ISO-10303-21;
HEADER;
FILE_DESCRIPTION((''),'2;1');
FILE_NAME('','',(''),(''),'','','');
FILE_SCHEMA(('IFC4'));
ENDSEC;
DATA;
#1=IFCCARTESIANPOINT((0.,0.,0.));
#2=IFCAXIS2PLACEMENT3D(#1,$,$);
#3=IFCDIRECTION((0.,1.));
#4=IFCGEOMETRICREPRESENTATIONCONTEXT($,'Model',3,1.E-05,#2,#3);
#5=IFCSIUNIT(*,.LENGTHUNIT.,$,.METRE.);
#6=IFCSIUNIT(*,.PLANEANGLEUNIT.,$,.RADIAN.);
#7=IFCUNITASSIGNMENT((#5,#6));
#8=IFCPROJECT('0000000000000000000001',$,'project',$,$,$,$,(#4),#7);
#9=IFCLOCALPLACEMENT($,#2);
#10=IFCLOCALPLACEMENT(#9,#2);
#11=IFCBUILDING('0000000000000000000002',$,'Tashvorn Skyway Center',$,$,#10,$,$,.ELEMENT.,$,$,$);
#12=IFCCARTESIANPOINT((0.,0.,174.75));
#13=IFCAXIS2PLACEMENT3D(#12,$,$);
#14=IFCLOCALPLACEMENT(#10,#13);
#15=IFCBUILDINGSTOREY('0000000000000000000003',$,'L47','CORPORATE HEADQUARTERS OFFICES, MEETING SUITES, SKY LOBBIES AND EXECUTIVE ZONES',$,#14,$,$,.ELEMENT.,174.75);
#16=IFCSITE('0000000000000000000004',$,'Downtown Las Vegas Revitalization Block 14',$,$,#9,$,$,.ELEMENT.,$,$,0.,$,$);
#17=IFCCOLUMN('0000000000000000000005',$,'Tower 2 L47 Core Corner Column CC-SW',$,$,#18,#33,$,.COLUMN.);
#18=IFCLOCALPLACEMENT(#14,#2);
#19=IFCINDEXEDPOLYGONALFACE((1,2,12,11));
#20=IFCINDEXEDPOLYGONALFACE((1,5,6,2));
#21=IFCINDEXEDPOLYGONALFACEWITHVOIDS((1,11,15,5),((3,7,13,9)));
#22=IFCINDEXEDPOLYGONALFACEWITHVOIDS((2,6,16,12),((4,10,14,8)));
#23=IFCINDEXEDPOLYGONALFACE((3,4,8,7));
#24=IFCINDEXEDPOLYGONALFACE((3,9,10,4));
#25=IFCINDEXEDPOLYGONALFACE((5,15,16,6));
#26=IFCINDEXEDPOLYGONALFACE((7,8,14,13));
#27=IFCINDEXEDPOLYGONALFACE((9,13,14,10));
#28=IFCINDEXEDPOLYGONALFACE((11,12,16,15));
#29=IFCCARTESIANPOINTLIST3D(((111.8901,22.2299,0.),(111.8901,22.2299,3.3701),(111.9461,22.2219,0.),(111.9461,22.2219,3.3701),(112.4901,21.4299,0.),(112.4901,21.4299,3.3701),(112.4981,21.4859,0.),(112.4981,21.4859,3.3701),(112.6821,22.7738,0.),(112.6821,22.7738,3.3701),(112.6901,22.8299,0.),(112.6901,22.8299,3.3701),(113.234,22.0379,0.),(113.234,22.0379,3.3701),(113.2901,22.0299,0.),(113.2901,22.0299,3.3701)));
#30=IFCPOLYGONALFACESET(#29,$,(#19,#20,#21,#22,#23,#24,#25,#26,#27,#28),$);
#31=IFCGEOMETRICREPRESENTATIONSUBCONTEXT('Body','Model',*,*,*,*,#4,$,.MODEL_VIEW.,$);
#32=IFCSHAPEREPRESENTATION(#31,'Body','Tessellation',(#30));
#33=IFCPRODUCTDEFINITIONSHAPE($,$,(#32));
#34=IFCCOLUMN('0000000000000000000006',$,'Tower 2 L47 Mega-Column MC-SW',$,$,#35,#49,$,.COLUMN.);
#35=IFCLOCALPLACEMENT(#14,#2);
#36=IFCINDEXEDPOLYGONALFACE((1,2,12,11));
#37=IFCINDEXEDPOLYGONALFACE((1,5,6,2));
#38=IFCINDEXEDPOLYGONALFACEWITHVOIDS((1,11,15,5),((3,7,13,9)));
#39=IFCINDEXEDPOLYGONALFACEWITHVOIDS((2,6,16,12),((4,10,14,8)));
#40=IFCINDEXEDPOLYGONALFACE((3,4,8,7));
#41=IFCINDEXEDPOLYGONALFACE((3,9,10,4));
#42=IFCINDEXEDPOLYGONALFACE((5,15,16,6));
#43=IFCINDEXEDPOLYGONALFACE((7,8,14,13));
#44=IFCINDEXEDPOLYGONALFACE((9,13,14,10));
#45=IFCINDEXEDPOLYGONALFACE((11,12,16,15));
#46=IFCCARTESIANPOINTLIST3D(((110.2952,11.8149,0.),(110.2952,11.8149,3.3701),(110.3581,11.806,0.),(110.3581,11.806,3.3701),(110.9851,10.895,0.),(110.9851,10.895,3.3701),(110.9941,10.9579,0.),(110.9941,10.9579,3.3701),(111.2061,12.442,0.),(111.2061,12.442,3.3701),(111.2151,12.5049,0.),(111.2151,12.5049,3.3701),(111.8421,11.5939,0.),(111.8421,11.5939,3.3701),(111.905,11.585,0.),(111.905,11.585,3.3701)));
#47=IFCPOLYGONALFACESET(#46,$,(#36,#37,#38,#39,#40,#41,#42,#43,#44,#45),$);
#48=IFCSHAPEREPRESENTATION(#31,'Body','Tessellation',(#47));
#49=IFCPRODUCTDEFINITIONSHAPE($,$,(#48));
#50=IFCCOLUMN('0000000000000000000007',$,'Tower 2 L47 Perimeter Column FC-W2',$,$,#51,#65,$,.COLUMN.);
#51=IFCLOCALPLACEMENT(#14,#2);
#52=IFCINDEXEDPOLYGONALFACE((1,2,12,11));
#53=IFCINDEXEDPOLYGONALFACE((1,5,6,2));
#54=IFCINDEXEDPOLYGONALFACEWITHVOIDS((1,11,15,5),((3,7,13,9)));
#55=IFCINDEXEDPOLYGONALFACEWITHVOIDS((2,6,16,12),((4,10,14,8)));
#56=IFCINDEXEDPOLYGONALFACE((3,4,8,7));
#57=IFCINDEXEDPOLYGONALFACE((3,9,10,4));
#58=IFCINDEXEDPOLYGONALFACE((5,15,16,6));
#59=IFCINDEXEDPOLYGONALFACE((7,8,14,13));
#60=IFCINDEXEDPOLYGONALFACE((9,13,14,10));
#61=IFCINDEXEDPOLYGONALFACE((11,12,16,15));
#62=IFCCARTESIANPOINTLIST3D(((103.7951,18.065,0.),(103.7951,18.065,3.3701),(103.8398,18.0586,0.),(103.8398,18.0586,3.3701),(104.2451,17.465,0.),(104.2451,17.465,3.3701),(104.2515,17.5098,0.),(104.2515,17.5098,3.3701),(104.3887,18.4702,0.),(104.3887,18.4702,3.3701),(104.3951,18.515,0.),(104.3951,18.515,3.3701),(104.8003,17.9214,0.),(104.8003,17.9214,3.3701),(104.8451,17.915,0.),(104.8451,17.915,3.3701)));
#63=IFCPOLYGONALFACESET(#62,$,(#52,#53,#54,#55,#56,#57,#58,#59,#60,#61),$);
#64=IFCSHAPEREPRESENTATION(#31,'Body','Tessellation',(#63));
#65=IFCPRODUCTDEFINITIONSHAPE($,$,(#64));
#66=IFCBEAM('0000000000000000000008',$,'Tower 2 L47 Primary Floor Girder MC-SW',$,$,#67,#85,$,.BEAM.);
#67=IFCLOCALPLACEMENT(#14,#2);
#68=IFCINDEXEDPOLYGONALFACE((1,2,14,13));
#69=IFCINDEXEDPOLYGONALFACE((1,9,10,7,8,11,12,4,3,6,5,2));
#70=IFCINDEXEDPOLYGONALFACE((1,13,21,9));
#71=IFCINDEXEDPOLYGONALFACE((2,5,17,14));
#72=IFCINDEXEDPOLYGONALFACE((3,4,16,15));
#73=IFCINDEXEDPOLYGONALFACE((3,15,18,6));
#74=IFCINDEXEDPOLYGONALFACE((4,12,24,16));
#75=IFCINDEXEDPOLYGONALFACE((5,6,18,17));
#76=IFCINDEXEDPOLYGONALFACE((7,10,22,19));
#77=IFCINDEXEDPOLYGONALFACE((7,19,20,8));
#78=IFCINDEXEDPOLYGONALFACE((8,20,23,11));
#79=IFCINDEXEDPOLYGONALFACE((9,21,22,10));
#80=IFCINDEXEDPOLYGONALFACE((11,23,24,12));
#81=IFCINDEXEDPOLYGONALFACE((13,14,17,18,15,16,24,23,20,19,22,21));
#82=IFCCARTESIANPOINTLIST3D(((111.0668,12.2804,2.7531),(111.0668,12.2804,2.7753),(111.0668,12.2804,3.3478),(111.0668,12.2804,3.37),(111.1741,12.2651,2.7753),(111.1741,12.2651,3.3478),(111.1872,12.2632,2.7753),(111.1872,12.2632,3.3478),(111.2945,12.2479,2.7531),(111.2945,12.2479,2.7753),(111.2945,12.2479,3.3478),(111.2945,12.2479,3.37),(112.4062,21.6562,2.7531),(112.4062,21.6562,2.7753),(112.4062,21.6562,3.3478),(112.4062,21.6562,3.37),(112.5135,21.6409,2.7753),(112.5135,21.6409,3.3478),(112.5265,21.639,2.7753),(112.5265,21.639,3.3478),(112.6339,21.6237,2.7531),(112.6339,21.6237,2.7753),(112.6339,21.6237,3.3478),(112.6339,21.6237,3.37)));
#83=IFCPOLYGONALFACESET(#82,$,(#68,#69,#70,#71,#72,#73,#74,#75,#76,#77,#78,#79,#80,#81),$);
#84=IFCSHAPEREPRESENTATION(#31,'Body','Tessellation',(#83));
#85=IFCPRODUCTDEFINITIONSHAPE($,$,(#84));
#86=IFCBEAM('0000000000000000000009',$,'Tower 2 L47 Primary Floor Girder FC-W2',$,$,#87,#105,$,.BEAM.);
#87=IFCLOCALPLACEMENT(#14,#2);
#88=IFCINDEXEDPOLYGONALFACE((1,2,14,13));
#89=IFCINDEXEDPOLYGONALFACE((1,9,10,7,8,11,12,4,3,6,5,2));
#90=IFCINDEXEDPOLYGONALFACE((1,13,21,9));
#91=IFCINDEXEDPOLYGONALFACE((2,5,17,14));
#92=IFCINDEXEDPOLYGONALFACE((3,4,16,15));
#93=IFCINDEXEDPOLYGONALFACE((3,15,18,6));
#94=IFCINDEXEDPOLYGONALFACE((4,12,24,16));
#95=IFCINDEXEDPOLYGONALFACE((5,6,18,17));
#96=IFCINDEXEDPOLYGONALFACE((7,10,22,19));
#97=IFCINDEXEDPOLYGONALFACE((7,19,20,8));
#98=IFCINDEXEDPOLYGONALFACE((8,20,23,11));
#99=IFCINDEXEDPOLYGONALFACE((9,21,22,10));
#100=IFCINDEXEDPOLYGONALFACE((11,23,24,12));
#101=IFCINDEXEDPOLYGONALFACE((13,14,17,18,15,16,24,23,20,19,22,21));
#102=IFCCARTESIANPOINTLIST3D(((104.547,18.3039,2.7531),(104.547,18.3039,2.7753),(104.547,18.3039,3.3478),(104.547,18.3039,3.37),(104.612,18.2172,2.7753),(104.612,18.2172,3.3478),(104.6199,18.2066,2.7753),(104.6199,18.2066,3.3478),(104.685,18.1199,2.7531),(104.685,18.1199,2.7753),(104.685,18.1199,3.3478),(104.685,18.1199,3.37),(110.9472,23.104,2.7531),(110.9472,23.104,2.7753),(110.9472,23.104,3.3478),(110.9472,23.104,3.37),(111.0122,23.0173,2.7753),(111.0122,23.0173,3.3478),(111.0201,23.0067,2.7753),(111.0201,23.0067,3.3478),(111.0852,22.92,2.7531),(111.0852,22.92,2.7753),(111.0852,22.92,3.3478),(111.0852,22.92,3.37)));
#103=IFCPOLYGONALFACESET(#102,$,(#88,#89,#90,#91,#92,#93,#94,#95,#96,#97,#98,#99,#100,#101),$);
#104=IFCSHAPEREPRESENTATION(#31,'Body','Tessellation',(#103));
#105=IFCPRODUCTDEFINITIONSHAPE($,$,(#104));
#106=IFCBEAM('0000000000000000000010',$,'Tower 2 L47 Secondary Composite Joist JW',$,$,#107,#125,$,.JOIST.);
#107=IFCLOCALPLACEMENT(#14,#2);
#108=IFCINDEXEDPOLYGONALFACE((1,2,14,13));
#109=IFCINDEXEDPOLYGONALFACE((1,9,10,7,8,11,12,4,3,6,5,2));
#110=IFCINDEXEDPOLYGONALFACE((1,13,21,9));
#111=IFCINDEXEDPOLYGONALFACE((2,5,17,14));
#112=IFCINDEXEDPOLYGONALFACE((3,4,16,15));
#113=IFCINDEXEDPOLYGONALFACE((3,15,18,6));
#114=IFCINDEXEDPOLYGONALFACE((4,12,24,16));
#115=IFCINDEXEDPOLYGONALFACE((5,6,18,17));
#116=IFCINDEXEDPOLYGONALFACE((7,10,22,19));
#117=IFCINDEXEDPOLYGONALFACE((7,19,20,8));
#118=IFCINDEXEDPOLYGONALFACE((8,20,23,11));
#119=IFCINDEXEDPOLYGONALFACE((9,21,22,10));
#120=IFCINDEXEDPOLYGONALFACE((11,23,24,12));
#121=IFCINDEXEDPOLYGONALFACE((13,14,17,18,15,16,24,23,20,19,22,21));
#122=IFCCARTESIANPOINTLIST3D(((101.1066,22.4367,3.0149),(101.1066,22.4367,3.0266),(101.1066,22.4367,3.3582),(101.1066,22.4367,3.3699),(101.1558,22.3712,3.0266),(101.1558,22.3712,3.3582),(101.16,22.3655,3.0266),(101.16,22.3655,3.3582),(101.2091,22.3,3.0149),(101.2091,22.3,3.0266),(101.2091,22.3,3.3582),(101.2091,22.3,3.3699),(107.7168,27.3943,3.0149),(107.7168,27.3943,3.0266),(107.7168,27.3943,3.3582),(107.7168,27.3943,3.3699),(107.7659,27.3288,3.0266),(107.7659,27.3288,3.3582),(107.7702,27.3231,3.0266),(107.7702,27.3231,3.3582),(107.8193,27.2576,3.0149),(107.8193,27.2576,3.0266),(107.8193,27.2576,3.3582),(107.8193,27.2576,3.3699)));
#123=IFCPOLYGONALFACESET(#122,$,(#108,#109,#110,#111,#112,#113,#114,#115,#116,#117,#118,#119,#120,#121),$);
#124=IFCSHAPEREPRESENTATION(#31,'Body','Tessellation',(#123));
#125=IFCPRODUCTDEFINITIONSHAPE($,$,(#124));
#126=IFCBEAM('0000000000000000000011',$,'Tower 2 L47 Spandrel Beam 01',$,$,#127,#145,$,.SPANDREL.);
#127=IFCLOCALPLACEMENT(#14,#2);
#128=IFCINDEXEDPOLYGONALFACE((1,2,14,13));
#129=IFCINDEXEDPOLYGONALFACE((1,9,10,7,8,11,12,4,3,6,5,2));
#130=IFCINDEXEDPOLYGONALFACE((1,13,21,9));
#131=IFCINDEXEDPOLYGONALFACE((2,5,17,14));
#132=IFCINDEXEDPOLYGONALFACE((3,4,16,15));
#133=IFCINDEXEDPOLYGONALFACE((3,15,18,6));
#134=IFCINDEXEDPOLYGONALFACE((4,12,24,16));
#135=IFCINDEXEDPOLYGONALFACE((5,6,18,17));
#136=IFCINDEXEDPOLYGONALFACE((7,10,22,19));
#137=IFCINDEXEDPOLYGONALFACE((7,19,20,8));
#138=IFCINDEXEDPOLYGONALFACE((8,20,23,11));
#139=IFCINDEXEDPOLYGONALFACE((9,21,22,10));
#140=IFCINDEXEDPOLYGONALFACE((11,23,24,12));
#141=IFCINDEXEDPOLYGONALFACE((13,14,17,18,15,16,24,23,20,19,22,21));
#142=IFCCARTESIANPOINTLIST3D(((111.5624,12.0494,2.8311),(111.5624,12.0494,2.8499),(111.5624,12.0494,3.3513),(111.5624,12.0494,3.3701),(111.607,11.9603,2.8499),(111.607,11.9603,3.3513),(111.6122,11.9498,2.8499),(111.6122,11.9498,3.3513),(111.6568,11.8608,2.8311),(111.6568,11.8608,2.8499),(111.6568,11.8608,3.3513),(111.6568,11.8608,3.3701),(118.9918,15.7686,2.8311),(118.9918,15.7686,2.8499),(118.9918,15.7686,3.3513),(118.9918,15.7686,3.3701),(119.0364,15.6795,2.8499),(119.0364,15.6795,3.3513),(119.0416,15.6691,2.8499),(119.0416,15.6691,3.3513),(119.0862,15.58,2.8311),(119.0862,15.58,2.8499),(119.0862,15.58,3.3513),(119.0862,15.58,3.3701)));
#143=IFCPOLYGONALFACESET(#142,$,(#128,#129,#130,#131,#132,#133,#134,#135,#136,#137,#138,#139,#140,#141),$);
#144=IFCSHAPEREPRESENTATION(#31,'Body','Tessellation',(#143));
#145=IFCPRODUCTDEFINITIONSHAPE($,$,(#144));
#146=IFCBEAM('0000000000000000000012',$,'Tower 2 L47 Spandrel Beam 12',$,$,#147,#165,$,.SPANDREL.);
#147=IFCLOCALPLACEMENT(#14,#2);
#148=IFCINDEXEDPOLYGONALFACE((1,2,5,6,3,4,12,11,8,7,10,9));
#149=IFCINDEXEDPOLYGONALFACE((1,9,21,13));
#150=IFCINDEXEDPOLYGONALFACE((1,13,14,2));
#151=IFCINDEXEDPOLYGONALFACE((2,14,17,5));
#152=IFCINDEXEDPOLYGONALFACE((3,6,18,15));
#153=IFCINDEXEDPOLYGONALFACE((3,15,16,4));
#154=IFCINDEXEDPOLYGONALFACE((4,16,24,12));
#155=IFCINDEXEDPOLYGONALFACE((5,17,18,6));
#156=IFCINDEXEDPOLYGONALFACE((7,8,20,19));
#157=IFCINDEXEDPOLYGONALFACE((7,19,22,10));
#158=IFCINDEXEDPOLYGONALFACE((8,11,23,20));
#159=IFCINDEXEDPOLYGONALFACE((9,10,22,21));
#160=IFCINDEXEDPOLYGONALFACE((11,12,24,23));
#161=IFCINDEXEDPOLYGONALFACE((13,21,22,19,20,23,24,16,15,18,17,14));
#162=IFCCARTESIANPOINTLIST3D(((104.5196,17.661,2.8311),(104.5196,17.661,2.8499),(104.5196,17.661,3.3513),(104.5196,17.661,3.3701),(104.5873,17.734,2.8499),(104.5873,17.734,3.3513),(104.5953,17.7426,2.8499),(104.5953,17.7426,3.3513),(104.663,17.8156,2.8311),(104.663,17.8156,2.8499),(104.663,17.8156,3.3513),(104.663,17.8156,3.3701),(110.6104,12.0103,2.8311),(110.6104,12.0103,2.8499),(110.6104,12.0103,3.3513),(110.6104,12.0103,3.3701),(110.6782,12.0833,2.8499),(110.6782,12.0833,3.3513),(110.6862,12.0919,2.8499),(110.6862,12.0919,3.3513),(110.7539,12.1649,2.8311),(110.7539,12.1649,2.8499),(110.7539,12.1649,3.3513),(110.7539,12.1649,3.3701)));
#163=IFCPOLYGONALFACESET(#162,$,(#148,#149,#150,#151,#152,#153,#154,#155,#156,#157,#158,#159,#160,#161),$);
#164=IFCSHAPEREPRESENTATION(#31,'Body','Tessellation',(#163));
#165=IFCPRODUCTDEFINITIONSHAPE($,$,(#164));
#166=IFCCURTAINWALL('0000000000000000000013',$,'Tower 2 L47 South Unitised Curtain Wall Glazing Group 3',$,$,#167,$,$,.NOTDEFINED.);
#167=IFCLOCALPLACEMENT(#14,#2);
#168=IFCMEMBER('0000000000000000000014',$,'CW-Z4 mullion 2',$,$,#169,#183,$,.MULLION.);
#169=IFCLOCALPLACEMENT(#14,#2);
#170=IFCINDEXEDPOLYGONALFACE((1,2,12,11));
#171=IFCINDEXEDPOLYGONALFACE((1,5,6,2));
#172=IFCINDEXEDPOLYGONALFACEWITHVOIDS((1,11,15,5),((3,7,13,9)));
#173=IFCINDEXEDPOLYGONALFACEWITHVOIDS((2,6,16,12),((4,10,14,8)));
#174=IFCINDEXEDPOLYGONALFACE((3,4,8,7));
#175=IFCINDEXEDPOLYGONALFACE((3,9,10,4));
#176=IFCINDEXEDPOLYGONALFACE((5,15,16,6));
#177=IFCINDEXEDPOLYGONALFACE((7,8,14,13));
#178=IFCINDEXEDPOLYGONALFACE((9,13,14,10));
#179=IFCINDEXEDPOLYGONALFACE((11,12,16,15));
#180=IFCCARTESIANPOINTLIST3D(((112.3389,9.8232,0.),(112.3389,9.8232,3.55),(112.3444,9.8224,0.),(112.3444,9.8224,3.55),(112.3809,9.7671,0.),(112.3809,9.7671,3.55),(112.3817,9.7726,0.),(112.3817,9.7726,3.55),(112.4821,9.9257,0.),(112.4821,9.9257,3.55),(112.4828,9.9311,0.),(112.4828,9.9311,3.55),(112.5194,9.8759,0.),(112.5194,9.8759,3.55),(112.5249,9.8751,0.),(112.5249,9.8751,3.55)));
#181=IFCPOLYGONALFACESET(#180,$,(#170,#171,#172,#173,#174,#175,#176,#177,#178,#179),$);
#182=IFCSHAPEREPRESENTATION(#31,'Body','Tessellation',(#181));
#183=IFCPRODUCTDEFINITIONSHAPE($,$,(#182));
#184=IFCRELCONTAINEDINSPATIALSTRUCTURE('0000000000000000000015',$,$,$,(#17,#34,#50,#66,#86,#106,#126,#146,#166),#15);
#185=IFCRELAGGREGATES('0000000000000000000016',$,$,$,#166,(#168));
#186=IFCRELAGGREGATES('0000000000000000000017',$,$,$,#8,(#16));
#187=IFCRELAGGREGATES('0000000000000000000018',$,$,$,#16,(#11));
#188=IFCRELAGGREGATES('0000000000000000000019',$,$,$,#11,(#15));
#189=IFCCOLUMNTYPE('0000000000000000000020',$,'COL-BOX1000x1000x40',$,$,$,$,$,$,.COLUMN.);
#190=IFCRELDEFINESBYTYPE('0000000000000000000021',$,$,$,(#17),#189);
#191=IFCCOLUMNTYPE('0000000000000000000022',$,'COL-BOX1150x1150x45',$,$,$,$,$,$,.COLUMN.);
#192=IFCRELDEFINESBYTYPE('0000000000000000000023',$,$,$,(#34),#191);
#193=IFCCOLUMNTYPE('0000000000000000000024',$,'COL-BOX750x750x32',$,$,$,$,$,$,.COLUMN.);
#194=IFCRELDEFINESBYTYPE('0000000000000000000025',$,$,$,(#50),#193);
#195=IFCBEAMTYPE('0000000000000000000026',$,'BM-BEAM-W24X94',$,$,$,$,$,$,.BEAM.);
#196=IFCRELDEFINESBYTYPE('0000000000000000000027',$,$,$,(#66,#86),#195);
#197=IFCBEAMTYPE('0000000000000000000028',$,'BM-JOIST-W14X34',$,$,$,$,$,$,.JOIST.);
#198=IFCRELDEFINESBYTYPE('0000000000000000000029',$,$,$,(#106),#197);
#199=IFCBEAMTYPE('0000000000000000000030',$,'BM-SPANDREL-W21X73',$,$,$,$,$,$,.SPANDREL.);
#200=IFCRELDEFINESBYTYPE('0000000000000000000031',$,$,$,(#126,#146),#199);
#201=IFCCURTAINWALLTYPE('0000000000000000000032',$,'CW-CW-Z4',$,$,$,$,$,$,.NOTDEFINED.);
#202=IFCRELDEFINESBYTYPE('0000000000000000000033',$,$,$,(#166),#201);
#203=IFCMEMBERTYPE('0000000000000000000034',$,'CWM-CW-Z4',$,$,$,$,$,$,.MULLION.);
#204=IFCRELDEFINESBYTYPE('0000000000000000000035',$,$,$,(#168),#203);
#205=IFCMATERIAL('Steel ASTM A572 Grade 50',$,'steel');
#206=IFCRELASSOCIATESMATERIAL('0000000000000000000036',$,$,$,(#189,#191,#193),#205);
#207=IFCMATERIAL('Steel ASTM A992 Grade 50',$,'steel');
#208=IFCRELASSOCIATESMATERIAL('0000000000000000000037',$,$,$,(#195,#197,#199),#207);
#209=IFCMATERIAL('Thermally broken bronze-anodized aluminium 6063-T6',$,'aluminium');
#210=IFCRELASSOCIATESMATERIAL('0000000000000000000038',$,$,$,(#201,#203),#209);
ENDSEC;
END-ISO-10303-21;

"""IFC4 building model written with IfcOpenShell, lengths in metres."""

from ifc_helpers import new_model, si_unit, direction, frame, origin, origin_2d, place, context, subcontext, project, spatial, hollow_rectangle, i_section, extrude, material, material_profile, profile_set, type_object, element, aggregate, save


model = new_model("IFC4")

# Units and contexts
model_context = context("Model", 3, precision=1e-05, world=origin(), true_north=direction((0.0, 1.0)))
body_context = subcontext(model_context, "Body", "Model", "MODEL_VIEW")
ifc_project = project(units=[si_unit("LENGTHUNIT", "METRE"), si_unit("PLANEANGLEUNIT", "RADIAN")], contexts=[model_context])

# Site, building, storey
site_placement = place(None, origin())
site = spatial("IfcSite", under=ifc_project, at=site_placement, Name="Downtown Las Vegas Revitalization Block 14", CompositionType="ELEMENT", RefElevation=0.0)
building_placement = place(site_placement, origin())
building = spatial("IfcBuilding", under=site, at=building_placement, Name="Tashvorn Skyway Center", CompositionType="ELEMENT")
storey_placement = place(building_placement, frame((0.0, 0.0, 174.75)))
storey = spatial("IfcBuildingStorey", under=building, at=storey_placement, Name="L47", Description="CORPORATE HEADQUARTERS OFFICES, MEETING SUITES, SKY LOBBIES AND EXECUTIVE ZONES", CompositionType="ELEMENT", Elevation=174.75)

# Columns
ifc_material_1 = material(Name="Steel ASTM A572 Grade 50", Category="steel")
ifc_material_profile_1 = material_profile(ifc_material_1, hollow_rectangle(XDim=1.0, YDim=1.0, WallThickness=0.04, at=origin_2d()), Name="BOX1000x1000x40")
ifc_profile_set_1 = profile_set([ifc_material_profile_1], Name="Steel ASTM A572 Grade 50")
column_type_1 = type_object("IfcColumnType", Name="COL-BOX1000x1000x40", PredefinedType="COLUMN", material=ifc_profile_set_1)
column_1_placement = place(storey_placement, frame((112.5901, 22.1299, 0.0), z_axis=(0.0, 0.0, 1.0), x_axis=(0.8, 0.6, 0.0)))
element("IfcColumn", 1, at=column_1_placement, inside=storey, type_object=column_type_1, Name="Tower 2 L47 Core Corner Column CC-SW", PredefinedType="COLUMN", context=body_context, shape_type="SweptSolid", body=[
    extrude(hollow_rectangle(XDim=1.0, YDim=1.0, WallThickness=0.04, at=origin_2d()), origin(), (0.0, 0.0, 1.0), 3.3701),
])
ifc_material_profile_2 = material_profile(ifc_material_1, hollow_rectangle(XDim=1.1499, YDim=1.1499, WallThickness=0.0449, at=origin_2d()), Name="BOX1150x1150x45")
ifc_profile_set_2 = profile_set([ifc_material_profile_2], Name="Steel ASTM A572 Grade 50")
column_type_2 = type_object("IfcColumnType", Name="COL-BOX1150x1150x45", PredefinedType="COLUMN", material=ifc_profile_set_2)
column_2_placement = place(storey_placement, frame((111.1001, 11.7, 0.0), z_axis=(0.0, 0.0, 1.0), x_axis=(0.8, 0.6, 0.0)))
element("IfcColumn", 2, at=column_2_placement, inside=storey, type_object=column_type_2, Name="Tower 2 L47 Mega-Column MC-SW", PredefinedType="COLUMN", context=body_context, shape_type="SweptSolid", body=[
    extrude(hollow_rectangle(XDim=1.1499, YDim=1.1499, WallThickness=0.0449, at=origin_2d()), origin(), (0.0, 0.0, 1.0), 3.3701),
])
ifc_material_profile_3 = material_profile(ifc_material_1, hollow_rectangle(XDim=0.75, YDim=0.75, WallThickness=0.032, at=origin_2d()), Name="BOX750x750x32")
ifc_profile_set_3 = profile_set([ifc_material_profile_3], Name="Steel ASTM A572 Grade 50")
column_type_3 = type_object("IfcColumnType", Name="COL-BOX750x750x32", PredefinedType="COLUMN", material=ifc_profile_set_3)
column_3_placement = place(storey_placement, frame((104.3201, 17.99, 0.0), z_axis=(0.0, 0.0, 1.0), x_axis=(0.8, 0.6, 0.0)))
element("IfcColumn", 3, at=column_3_placement, inside=storey, type_object=column_type_3, Name="Tower 2 L47 Perimeter Column FC-W2", PredefinedType="COLUMN", context=body_context, shape_type="SweptSolid", body=[
    extrude(hollow_rectangle(XDim=0.75, YDim=0.75, WallThickness=0.032, at=origin_2d()), origin(), (0.0, 0.0, 1.0), 3.3701),
])

# Beams
ifc_material_2 = material(Name="Steel ASTM A992 Grade 50", Category="steel")
ifc_material_profile_4 = material_profile(ifc_material_2, i_section(OverallWidth=0.23, OverallDepth=0.6169, WebThickness=0.0132, FlangeThickness=0.0222, at=origin_2d()), Name="W24X94")
ifc_profile_set_4 = profile_set([ifc_material_profile_4], Name="Steel ASTM A992 Grade 50")
beam_type_1 = type_object("IfcBeamType", Name="BM-BEAM-W24X94", PredefinedType="BEAM", material=ifc_profile_set_4)
beam_1_placement = place(storey_placement, frame((111.1807, 12.2642, 3.0615), z_axis=(0.141418, 0.98995, 0.0), x_axis=(-0.98995, 0.141418, 0.0)))
element("IfcBeam", 4, at=beam_1_placement, inside=storey, type_object=beam_type_1, Name="Tower 2 L47 Primary Floor Girder MC-SW", PredefinedType="BEAM", context=body_context, shape_type="SweptSolid", body=[
    extrude(i_section(OverallWidth=0.23, OverallDepth=0.6169, WebThickness=0.0132, FlangeThickness=0.0222, at=origin_2d()), origin(), (0.0, 0.0, 1.0), 9.4709),
])
beam_2_placement = place(storey_placement, frame((104.616, 18.2119, 3.0615), z_axis=(0.800004, 0.599995, 0.0), x_axis=(-0.599995, 0.800004, 0.0)))
element("IfcBeam", 5, at=beam_2_placement, inside=storey, type_object=beam_type_1, Name="Tower 2 L47 Primary Floor Girder FC-W2", PredefinedType="BEAM", context=body_context, shape_type="SweptSolid", body=[
    extrude(i_section(OverallWidth=0.23, OverallDepth=0.6169, WebThickness=0.0132, FlangeThickness=0.0222, at=origin_2d()), origin(), (0.0, 0.0, 1.0), 8.0002),
])
ifc_material_profile_5 = material_profile(ifc_material_2, i_section(OverallWidth=0.1709, OverallDepth=0.355, WebThickness=0.0071, FlangeThickness=0.0117, at=origin_2d()), Name="W14X34")
ifc_profile_set_5 = profile_set([ifc_material_profile_5], Name="Steel ASTM A992 Grade 50")
beam_type_2 = type_object("IfcBeamType", Name="BM-JOIST-W14X34", PredefinedType="JOIST", material=ifc_profile_set_5)
beam_3_placement = place(storey_placement, frame((107.7681, 27.3259, 3.1924), z_axis=(-0.800004, -0.599995, 0.0), x_axis=(0.599995, -0.800004, 0.0)))
element("IfcBeam", 6, at=beam_3_placement, inside=storey, type_object=beam_type_2, Name="Tower 2 L47 Secondary Composite Joist JW", PredefinedType="JOIST", context=body_context, shape_type="SweptSolid", body=[
    extrude(i_section(OverallWidth=0.1709, OverallDepth=0.355, WebThickness=0.0071, FlangeThickness=0.0117, at=origin_2d()), origin(), (0.0, 0.0, 1.0), 8.2627),
])
ifc_material_profile_6 = material_profile(ifc_material_2, i_section(OverallWidth=0.2109, OverallDepth=0.5391, WebThickness=0.0117, FlangeThickness=0.0188, at=origin_2d()), Name="W21X73")
ifc_profile_set_6 = profile_set([ifc_material_profile_6], Name="Steel ASTM A992 Grade 50")
beam_type_3 = type_object("IfcBeamType", Name="BM-SPANDREL-W21X73", PredefinedType="SPANDREL", material=ifc_profile_set_6)
for number, where, z_axis, x_axis, name in (
    (7, (111.6096, 11.9551, 3.1006), (0.89421, 0.447648, 0.0), (-0.447648, 0.89421, 0.0), "Tower 2 L47 Spandrel Beam 01"),
    (8, (104.5913, 17.7383, 3.1006), (0.733101, -0.68012, 0.0), (0.68012, 0.733101, 0.0), "Tower 2 L47 Spandrel Beam 12"),
):
    element("IfcBeam", number, at=place(storey_placement, frame(where, z_axis=z_axis, x_axis=x_axis)), inside=storey, type_object=beam_type_3, Name=name, PredefinedType="SPANDREL", context=body_context, shape_type="SweptSolid", body=[
        extrude(i_section(OverallWidth=0.2109, OverallDepth=0.5391, WebThickness=0.0117, FlangeThickness=0.0188, at=origin_2d()), origin(), (0.0, 0.0, 1.0), 8.3083),
    ])

# Curtain wall, member
ifc_material_3 = material(Name="Thermally broken bronze-anodized aluminium 6063-T6", Category="aluminium")
curtain_wall_type = type_object("IfcCurtainWallType", Name="CW-CW-Z4", PredefinedType="NOTDEFINED", material=ifc_material_3)
curtain_wall_1_placement = place(storey_placement, origin())
curtain_wall_1 = element("IfcCurtainWall", 9, at=curtain_wall_1_placement, inside=storey, type_object=curtain_wall_type, Name="Tower 2 L47 South Unitised Curtain Wall Glazing Group 3", PredefinedType="NOTDEFINED")
ifc_material_profile_7 = material_profile(ifc_material_3, hollow_rectangle(XDim=0.0701, YDim=0.1799, WallThickness=0.0039, at=origin_2d()), Name="ALU-MULL-70x180")
ifc_profile_set_7 = profile_set([ifc_material_profile_7], Name="Thermally broken bronze-anodized aluminium 6063-T6")
member_type_1 = type_object("IfcMemberType", Name="CWM-CW-Z4", PredefinedType="MULLION", material=ifc_profile_set_7)
member_1_placement = place(storey_placement, frame((112.4319, 9.8491, 0.0), z_axis=(0.0, 0.0, 1.0), x_axis=(0.6, -0.8, 0.0)))
member_1 = element("IfcMember", 10, at=member_1_placement, type_object=member_type_1, Name="CW-Z4 mullion 2", PredefinedType="MULLION", context=body_context, shape_type="SweptSolid", body=[
    extrude(hollow_rectangle(XDim=0.0701, YDim=0.1799, WallThickness=0.0039, at=origin_2d()), origin(), (0.0, 0.0, 1.0), 3.55),
])
aggregate(curtain_wall_1, [member_1])

save(model, "model.ifc")
